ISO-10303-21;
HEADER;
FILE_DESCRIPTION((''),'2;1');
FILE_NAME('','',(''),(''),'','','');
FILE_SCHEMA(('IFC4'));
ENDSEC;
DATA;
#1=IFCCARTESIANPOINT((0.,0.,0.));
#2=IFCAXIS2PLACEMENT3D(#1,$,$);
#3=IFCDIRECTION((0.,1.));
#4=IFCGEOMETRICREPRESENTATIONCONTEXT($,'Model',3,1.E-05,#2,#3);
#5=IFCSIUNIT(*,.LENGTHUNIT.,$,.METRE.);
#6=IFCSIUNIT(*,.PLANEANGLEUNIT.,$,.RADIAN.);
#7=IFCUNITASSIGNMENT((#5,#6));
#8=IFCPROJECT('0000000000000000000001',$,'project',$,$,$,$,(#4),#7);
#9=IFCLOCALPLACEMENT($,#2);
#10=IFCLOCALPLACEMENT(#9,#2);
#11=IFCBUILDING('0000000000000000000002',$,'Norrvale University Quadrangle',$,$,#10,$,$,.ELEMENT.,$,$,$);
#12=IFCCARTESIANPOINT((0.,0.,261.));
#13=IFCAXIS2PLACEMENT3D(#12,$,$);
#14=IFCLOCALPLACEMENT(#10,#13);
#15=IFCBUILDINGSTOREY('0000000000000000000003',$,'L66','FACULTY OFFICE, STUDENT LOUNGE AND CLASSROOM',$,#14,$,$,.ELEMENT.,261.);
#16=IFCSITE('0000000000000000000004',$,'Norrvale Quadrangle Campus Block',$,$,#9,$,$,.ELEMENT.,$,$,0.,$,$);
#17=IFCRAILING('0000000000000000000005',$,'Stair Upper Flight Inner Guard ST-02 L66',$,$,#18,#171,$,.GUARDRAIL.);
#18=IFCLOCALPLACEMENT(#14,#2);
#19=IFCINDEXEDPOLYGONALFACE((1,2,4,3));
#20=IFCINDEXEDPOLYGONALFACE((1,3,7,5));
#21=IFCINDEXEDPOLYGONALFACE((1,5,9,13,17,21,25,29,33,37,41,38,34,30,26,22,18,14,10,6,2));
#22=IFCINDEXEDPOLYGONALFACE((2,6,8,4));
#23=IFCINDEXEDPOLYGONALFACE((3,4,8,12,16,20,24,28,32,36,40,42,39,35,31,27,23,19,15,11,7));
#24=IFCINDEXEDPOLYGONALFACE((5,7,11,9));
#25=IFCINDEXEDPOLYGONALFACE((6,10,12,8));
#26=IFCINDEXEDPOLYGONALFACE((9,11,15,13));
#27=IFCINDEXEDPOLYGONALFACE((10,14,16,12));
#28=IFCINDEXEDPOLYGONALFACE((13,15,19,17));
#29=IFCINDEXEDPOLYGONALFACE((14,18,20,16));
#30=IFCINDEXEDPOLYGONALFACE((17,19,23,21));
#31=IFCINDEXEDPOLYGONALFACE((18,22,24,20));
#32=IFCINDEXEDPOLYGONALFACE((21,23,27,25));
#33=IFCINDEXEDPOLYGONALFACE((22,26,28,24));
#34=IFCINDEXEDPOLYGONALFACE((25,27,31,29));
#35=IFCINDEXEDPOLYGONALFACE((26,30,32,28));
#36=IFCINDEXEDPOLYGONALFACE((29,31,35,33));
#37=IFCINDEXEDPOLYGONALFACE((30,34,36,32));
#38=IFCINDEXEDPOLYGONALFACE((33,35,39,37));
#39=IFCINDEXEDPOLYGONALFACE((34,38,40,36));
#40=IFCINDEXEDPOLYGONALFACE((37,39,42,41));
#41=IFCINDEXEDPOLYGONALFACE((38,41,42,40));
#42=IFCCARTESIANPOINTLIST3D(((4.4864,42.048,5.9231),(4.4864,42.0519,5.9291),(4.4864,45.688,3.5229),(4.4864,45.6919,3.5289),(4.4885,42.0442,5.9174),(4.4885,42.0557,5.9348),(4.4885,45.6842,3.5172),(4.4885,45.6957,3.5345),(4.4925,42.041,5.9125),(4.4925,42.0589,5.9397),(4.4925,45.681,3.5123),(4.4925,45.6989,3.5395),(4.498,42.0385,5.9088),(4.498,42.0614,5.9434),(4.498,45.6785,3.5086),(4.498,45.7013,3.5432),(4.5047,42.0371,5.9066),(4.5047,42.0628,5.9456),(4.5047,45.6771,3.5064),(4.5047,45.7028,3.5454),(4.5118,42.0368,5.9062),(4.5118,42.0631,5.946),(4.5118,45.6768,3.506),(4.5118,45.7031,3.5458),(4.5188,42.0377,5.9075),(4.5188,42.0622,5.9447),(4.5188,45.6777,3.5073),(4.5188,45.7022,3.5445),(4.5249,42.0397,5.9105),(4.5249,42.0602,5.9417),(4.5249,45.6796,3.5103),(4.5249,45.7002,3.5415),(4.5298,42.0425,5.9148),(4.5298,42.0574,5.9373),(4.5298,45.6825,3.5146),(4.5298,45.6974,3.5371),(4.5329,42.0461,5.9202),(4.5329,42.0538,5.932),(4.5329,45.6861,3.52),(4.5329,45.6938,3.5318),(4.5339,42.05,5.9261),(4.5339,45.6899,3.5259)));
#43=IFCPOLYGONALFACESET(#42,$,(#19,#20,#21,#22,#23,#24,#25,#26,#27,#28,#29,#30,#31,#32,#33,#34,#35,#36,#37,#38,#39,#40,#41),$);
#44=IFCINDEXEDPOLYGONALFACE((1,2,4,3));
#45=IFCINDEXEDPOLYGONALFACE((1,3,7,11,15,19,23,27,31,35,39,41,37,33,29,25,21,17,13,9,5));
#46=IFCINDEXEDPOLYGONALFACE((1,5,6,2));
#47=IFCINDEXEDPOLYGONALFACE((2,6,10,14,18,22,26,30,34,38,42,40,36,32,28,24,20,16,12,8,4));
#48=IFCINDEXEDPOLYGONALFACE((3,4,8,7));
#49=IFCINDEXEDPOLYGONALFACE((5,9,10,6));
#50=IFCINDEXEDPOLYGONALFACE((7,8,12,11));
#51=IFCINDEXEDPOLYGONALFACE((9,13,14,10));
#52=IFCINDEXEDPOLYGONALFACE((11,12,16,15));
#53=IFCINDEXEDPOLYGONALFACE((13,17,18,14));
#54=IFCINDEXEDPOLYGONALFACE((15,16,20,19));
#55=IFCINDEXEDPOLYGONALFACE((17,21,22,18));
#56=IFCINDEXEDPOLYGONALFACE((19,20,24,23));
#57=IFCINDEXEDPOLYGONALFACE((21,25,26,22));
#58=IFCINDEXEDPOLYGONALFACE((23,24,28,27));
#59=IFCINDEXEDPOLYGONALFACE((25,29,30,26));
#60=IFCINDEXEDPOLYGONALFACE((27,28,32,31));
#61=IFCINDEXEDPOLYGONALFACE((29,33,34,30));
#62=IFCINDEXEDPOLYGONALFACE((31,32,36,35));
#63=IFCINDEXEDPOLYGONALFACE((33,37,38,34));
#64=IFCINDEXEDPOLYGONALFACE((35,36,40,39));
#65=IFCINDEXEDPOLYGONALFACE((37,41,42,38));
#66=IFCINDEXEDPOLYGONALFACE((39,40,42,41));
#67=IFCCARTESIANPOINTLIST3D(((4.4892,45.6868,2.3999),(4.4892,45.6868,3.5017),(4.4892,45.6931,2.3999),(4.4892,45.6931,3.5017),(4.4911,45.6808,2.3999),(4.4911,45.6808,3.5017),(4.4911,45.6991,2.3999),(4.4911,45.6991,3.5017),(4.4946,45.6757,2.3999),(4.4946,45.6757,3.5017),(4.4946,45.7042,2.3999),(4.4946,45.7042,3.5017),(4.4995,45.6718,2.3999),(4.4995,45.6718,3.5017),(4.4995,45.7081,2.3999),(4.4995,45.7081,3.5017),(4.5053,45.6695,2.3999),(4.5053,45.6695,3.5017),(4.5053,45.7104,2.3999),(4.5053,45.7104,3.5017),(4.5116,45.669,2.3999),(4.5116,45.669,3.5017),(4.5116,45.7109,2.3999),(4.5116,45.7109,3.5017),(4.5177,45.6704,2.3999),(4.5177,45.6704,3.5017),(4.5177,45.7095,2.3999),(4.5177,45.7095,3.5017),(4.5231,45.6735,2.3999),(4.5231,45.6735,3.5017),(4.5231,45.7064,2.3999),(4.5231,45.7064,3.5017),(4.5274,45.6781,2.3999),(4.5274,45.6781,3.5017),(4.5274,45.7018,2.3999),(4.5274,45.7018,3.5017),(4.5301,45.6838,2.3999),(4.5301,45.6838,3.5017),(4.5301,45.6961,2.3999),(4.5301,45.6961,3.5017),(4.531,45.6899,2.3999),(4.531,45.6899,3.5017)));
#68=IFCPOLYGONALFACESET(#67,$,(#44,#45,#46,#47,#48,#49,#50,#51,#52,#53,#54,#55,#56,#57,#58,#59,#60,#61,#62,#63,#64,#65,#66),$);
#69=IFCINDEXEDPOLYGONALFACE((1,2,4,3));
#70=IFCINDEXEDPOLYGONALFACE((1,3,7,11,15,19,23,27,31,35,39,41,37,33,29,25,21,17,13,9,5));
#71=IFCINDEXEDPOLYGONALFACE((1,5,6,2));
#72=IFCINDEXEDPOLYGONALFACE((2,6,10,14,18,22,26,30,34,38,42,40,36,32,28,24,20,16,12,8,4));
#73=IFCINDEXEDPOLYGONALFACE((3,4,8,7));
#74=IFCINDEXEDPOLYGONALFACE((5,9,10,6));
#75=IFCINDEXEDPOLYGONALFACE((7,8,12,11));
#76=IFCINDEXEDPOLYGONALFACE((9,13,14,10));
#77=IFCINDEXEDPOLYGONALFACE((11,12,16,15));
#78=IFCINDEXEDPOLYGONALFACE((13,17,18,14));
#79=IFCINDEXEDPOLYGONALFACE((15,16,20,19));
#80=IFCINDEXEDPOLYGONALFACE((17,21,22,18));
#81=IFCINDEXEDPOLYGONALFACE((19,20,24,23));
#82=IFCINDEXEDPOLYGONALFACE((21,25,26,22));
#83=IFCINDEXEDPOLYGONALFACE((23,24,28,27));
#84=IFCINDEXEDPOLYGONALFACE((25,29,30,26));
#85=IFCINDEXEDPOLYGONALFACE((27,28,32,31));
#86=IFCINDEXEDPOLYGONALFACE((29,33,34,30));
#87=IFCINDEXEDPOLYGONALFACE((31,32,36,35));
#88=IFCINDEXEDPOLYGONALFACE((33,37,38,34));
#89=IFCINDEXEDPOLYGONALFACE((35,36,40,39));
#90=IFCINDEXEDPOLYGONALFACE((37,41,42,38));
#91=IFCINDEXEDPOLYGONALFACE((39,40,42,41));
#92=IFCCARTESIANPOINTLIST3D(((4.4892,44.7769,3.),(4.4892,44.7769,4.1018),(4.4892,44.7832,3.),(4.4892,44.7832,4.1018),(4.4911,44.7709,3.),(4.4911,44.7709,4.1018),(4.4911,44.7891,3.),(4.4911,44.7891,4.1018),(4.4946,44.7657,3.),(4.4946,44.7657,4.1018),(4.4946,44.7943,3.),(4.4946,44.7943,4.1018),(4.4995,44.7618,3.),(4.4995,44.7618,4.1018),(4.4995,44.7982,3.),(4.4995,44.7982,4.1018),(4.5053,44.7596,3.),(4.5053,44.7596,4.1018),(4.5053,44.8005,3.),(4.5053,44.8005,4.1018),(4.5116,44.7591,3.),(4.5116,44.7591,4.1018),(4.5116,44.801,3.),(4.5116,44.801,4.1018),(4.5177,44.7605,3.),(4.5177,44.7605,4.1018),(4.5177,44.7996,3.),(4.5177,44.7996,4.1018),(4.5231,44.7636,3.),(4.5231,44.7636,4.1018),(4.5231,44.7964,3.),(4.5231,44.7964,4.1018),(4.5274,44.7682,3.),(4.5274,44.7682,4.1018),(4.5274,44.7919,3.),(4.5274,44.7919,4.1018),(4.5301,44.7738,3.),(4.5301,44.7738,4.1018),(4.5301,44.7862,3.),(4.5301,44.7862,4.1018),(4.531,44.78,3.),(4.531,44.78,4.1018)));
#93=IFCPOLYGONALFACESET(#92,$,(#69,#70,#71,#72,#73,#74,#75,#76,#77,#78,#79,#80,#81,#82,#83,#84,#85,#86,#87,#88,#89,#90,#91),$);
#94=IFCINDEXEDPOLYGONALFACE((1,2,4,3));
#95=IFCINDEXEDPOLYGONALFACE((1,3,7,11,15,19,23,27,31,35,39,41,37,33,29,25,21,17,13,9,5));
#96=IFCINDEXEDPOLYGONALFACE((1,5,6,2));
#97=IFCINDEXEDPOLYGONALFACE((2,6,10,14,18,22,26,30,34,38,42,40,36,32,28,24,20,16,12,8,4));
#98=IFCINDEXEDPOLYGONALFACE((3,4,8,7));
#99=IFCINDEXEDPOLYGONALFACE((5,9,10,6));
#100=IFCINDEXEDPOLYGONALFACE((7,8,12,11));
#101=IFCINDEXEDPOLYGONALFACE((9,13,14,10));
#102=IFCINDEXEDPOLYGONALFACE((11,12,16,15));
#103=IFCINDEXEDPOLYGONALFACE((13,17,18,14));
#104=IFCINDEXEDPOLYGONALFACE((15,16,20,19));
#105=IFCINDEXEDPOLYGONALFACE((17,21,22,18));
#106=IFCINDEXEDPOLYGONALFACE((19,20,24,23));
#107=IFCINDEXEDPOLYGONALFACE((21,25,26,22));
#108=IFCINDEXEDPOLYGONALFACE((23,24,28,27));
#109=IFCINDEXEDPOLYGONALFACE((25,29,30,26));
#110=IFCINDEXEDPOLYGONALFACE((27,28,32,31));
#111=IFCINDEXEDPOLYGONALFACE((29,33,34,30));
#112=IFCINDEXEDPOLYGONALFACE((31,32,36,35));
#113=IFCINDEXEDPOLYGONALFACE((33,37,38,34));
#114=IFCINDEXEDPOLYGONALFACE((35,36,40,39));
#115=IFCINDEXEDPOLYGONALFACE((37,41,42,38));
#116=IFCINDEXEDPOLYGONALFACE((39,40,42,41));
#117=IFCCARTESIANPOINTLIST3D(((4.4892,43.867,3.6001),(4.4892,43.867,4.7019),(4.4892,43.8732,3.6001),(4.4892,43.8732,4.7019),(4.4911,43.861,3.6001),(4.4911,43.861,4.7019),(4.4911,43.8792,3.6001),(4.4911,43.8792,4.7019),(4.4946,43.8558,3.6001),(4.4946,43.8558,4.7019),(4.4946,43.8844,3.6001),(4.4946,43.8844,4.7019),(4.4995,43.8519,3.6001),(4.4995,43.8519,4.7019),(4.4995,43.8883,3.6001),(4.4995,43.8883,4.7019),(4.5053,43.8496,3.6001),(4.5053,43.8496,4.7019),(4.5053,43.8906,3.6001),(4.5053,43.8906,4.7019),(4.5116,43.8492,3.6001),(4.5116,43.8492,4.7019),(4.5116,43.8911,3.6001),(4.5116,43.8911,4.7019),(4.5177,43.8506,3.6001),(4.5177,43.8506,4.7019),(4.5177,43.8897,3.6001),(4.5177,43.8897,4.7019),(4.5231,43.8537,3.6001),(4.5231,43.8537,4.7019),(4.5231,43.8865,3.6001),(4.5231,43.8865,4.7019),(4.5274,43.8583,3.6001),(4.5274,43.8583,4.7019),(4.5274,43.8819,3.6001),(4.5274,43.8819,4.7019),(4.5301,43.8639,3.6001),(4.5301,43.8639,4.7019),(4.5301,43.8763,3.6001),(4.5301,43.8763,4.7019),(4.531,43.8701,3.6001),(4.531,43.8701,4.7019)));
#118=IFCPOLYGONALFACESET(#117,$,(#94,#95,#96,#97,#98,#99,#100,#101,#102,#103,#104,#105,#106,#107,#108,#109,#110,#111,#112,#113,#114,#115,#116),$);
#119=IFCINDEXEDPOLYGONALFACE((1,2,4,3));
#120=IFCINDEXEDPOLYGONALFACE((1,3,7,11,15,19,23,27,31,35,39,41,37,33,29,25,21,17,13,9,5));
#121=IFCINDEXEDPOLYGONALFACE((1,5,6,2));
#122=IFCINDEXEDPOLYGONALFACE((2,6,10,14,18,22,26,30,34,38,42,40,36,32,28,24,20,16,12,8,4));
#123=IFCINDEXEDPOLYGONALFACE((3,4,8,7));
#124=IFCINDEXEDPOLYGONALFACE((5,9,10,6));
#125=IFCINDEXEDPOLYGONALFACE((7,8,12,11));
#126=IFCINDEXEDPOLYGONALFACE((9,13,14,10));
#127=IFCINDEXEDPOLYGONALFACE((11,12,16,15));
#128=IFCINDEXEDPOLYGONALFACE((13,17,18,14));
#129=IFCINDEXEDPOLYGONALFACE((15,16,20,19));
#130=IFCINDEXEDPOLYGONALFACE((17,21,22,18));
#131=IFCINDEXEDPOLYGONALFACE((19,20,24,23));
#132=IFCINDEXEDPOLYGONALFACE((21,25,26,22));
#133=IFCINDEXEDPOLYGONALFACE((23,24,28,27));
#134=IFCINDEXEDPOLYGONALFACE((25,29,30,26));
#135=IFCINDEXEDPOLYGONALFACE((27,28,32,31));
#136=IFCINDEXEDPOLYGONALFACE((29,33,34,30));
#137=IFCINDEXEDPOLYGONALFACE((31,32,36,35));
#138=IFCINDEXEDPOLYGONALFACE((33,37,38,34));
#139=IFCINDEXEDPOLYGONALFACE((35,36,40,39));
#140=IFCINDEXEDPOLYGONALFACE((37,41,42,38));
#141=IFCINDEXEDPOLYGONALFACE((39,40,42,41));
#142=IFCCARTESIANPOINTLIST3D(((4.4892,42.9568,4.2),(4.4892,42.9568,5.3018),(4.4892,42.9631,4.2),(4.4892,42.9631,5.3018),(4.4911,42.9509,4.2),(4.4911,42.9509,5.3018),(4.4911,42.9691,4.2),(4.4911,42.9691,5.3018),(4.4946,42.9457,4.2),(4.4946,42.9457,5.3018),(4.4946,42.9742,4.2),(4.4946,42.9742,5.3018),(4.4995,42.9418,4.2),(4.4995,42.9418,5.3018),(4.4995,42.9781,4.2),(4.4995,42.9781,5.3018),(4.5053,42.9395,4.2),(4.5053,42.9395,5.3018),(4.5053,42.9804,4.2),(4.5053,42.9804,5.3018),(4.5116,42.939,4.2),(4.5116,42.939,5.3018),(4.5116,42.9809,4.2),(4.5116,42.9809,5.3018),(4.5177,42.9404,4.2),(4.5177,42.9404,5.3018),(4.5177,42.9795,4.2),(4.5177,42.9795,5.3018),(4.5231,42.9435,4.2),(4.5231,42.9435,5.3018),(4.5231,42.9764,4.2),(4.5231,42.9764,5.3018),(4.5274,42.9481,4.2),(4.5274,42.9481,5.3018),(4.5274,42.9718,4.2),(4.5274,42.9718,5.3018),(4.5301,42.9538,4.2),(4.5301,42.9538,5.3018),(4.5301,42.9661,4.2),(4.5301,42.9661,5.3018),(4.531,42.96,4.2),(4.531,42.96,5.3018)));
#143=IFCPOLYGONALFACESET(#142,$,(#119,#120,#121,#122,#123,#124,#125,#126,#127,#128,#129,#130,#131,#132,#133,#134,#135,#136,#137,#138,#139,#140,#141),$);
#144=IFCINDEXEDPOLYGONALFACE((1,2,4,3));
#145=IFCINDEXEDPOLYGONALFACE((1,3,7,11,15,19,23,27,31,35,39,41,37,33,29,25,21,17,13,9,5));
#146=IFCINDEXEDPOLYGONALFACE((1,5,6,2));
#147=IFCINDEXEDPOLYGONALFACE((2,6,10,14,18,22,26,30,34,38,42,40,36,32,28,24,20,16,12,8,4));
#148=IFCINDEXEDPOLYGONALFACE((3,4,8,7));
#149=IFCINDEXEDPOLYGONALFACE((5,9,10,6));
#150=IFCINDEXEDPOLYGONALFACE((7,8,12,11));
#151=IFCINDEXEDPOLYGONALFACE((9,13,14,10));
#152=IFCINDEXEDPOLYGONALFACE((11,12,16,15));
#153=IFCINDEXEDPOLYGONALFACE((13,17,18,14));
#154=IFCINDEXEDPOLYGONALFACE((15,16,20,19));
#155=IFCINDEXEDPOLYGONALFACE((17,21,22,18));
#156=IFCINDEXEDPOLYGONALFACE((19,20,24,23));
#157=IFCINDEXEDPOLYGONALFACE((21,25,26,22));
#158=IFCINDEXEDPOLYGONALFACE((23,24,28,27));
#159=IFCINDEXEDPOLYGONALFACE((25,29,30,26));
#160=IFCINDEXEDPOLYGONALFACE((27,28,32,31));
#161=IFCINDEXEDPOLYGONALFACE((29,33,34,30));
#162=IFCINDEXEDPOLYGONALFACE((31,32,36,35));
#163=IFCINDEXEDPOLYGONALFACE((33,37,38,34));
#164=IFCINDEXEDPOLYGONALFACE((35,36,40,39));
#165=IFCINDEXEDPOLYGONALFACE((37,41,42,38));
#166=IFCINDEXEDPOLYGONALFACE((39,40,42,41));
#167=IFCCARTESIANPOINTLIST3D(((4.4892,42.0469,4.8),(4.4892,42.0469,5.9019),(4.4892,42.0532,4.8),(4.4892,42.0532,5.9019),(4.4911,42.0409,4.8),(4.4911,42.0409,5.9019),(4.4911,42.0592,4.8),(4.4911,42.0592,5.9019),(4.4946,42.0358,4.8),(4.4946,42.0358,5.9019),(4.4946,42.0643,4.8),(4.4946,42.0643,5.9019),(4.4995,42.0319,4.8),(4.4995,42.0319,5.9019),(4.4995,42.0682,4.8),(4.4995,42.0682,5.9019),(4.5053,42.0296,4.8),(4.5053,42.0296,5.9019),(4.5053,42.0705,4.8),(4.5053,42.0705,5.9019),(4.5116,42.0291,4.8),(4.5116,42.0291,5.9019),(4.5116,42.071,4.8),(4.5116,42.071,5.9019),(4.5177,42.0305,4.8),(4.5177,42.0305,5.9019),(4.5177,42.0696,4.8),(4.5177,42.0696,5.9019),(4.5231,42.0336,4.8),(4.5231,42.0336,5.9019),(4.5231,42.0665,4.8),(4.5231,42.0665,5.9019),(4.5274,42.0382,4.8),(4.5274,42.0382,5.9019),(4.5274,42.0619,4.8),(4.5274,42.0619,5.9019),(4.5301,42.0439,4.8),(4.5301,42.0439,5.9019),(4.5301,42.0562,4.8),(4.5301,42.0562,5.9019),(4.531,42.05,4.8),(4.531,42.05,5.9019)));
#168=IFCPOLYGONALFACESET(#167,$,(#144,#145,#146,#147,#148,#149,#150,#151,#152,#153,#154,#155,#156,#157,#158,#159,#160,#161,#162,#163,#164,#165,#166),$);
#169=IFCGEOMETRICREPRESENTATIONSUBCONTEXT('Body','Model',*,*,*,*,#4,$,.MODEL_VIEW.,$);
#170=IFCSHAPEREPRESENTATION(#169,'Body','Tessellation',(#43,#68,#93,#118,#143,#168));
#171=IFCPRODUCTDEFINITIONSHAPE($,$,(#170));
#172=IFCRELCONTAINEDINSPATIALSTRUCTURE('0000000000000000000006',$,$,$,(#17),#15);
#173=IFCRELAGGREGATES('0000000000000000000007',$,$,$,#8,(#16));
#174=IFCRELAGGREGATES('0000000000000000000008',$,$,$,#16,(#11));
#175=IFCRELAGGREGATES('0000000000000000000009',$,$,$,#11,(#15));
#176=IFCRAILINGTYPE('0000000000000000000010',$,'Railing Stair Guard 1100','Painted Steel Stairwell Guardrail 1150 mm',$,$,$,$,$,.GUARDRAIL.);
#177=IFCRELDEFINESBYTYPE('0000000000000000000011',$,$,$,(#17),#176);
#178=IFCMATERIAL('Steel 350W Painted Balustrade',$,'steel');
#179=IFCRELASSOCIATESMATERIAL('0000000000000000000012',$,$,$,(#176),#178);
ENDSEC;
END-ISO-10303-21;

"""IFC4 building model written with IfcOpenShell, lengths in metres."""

from ifc_helpers import new_model, si_unit, direction, frame, origin, origin_2d, place, context, subcontext, project, spatial, circle, extrude, material, type_object, element, save


model = new_model("IFC4")

# Units and contexts
model_context = context("Model", 3, precision=1e-05, world=origin(), true_north=direction((0.0, 1.0)))
body_context = subcontext(model_context, "Body", "Model", "MODEL_VIEW")
ifc_project = project(units=[si_unit("LENGTHUNIT", "METRE"), si_unit("PLANEANGLEUNIT", "RADIAN")], contexts=[model_context])

# Site, building, storey
site_placement = place(None, origin())
site = spatial("IfcSite", under=ifc_project, at=site_placement, Name="Norrvale Quadrangle Campus Block", CompositionType="ELEMENT", RefElevation=0.0)
building_placement = place(site_placement, origin())
building = spatial("IfcBuilding", under=site, at=building_placement, Name="Norrvale University Quadrangle", CompositionType="ELEMENT")
storey_placement = place(building_placement, frame((0.0, 0.0, 261.0)))
storey = spatial("IfcBuildingStorey", under=building, at=storey_placement, Name="L66", Description="FACULTY OFFICE, STUDENT LOUNGE AND CLASSROOM", CompositionType="ELEMENT", Elevation=261.0)

# Railing
ifc_material_1 = material(Name="Steel 350W Painted Balustrade", Category="steel")
railing_type_1 = type_object("IfcRailingType", Name="Railing Stair Guard 1100", Description="Painted Steel Stairwell Guardrail 1150 mm", PredefinedType="GUARDRAIL", material=ifc_material_1)
railing_1_placement = place(storey_placement, frame((4.51, 45.6899, 2.3999)))
element("IfcRailing", 1, at=railing_1_placement, inside=storey, type_object=railing_type_1, Name="Stair Upper Flight Inner Guard ST-02 L66", PredefinedType="GUARDRAIL", context=body_context, shape_type="SweptSolid", body=[
    extrude(circle(Radius=0.0239, at=origin_2d()), frame((0.0, 0.0, 1.126), z_axis=(0.0, -0.834839, 0.550493), x_axis=(1.0, 0.0, 0.0)), (0.0, 0.0, 1.0), 4.3601),
    extrude(circle(Radius=0.021, at=origin_2d()), origin(), (0.0, 0.0, 1.0), 1.1018),
    extrude(circle(Radius=0.021, at=origin_2d()), frame((0.0, -0.9099, 0.6001)), (0.0, 0.0, 1.0), 1.1018),
    extrude(circle(Radius=0.021, at=origin_2d()), frame((0.0, -1.8198, 1.2002)), (0.0, 0.0, 1.0), 1.1018),
    extrude(circle(Radius=0.021, at=origin_2d()), frame((0.0, -2.73, 1.8)), (0.0, 0.0, 1.0), 1.1018),
    extrude(circle(Radius=0.021, at=origin_2d()), frame((0.0, -3.6399, 2.4001)), (0.0, 0.0, 1.0), 1.1018),
])

save(model, "model.ifc")
